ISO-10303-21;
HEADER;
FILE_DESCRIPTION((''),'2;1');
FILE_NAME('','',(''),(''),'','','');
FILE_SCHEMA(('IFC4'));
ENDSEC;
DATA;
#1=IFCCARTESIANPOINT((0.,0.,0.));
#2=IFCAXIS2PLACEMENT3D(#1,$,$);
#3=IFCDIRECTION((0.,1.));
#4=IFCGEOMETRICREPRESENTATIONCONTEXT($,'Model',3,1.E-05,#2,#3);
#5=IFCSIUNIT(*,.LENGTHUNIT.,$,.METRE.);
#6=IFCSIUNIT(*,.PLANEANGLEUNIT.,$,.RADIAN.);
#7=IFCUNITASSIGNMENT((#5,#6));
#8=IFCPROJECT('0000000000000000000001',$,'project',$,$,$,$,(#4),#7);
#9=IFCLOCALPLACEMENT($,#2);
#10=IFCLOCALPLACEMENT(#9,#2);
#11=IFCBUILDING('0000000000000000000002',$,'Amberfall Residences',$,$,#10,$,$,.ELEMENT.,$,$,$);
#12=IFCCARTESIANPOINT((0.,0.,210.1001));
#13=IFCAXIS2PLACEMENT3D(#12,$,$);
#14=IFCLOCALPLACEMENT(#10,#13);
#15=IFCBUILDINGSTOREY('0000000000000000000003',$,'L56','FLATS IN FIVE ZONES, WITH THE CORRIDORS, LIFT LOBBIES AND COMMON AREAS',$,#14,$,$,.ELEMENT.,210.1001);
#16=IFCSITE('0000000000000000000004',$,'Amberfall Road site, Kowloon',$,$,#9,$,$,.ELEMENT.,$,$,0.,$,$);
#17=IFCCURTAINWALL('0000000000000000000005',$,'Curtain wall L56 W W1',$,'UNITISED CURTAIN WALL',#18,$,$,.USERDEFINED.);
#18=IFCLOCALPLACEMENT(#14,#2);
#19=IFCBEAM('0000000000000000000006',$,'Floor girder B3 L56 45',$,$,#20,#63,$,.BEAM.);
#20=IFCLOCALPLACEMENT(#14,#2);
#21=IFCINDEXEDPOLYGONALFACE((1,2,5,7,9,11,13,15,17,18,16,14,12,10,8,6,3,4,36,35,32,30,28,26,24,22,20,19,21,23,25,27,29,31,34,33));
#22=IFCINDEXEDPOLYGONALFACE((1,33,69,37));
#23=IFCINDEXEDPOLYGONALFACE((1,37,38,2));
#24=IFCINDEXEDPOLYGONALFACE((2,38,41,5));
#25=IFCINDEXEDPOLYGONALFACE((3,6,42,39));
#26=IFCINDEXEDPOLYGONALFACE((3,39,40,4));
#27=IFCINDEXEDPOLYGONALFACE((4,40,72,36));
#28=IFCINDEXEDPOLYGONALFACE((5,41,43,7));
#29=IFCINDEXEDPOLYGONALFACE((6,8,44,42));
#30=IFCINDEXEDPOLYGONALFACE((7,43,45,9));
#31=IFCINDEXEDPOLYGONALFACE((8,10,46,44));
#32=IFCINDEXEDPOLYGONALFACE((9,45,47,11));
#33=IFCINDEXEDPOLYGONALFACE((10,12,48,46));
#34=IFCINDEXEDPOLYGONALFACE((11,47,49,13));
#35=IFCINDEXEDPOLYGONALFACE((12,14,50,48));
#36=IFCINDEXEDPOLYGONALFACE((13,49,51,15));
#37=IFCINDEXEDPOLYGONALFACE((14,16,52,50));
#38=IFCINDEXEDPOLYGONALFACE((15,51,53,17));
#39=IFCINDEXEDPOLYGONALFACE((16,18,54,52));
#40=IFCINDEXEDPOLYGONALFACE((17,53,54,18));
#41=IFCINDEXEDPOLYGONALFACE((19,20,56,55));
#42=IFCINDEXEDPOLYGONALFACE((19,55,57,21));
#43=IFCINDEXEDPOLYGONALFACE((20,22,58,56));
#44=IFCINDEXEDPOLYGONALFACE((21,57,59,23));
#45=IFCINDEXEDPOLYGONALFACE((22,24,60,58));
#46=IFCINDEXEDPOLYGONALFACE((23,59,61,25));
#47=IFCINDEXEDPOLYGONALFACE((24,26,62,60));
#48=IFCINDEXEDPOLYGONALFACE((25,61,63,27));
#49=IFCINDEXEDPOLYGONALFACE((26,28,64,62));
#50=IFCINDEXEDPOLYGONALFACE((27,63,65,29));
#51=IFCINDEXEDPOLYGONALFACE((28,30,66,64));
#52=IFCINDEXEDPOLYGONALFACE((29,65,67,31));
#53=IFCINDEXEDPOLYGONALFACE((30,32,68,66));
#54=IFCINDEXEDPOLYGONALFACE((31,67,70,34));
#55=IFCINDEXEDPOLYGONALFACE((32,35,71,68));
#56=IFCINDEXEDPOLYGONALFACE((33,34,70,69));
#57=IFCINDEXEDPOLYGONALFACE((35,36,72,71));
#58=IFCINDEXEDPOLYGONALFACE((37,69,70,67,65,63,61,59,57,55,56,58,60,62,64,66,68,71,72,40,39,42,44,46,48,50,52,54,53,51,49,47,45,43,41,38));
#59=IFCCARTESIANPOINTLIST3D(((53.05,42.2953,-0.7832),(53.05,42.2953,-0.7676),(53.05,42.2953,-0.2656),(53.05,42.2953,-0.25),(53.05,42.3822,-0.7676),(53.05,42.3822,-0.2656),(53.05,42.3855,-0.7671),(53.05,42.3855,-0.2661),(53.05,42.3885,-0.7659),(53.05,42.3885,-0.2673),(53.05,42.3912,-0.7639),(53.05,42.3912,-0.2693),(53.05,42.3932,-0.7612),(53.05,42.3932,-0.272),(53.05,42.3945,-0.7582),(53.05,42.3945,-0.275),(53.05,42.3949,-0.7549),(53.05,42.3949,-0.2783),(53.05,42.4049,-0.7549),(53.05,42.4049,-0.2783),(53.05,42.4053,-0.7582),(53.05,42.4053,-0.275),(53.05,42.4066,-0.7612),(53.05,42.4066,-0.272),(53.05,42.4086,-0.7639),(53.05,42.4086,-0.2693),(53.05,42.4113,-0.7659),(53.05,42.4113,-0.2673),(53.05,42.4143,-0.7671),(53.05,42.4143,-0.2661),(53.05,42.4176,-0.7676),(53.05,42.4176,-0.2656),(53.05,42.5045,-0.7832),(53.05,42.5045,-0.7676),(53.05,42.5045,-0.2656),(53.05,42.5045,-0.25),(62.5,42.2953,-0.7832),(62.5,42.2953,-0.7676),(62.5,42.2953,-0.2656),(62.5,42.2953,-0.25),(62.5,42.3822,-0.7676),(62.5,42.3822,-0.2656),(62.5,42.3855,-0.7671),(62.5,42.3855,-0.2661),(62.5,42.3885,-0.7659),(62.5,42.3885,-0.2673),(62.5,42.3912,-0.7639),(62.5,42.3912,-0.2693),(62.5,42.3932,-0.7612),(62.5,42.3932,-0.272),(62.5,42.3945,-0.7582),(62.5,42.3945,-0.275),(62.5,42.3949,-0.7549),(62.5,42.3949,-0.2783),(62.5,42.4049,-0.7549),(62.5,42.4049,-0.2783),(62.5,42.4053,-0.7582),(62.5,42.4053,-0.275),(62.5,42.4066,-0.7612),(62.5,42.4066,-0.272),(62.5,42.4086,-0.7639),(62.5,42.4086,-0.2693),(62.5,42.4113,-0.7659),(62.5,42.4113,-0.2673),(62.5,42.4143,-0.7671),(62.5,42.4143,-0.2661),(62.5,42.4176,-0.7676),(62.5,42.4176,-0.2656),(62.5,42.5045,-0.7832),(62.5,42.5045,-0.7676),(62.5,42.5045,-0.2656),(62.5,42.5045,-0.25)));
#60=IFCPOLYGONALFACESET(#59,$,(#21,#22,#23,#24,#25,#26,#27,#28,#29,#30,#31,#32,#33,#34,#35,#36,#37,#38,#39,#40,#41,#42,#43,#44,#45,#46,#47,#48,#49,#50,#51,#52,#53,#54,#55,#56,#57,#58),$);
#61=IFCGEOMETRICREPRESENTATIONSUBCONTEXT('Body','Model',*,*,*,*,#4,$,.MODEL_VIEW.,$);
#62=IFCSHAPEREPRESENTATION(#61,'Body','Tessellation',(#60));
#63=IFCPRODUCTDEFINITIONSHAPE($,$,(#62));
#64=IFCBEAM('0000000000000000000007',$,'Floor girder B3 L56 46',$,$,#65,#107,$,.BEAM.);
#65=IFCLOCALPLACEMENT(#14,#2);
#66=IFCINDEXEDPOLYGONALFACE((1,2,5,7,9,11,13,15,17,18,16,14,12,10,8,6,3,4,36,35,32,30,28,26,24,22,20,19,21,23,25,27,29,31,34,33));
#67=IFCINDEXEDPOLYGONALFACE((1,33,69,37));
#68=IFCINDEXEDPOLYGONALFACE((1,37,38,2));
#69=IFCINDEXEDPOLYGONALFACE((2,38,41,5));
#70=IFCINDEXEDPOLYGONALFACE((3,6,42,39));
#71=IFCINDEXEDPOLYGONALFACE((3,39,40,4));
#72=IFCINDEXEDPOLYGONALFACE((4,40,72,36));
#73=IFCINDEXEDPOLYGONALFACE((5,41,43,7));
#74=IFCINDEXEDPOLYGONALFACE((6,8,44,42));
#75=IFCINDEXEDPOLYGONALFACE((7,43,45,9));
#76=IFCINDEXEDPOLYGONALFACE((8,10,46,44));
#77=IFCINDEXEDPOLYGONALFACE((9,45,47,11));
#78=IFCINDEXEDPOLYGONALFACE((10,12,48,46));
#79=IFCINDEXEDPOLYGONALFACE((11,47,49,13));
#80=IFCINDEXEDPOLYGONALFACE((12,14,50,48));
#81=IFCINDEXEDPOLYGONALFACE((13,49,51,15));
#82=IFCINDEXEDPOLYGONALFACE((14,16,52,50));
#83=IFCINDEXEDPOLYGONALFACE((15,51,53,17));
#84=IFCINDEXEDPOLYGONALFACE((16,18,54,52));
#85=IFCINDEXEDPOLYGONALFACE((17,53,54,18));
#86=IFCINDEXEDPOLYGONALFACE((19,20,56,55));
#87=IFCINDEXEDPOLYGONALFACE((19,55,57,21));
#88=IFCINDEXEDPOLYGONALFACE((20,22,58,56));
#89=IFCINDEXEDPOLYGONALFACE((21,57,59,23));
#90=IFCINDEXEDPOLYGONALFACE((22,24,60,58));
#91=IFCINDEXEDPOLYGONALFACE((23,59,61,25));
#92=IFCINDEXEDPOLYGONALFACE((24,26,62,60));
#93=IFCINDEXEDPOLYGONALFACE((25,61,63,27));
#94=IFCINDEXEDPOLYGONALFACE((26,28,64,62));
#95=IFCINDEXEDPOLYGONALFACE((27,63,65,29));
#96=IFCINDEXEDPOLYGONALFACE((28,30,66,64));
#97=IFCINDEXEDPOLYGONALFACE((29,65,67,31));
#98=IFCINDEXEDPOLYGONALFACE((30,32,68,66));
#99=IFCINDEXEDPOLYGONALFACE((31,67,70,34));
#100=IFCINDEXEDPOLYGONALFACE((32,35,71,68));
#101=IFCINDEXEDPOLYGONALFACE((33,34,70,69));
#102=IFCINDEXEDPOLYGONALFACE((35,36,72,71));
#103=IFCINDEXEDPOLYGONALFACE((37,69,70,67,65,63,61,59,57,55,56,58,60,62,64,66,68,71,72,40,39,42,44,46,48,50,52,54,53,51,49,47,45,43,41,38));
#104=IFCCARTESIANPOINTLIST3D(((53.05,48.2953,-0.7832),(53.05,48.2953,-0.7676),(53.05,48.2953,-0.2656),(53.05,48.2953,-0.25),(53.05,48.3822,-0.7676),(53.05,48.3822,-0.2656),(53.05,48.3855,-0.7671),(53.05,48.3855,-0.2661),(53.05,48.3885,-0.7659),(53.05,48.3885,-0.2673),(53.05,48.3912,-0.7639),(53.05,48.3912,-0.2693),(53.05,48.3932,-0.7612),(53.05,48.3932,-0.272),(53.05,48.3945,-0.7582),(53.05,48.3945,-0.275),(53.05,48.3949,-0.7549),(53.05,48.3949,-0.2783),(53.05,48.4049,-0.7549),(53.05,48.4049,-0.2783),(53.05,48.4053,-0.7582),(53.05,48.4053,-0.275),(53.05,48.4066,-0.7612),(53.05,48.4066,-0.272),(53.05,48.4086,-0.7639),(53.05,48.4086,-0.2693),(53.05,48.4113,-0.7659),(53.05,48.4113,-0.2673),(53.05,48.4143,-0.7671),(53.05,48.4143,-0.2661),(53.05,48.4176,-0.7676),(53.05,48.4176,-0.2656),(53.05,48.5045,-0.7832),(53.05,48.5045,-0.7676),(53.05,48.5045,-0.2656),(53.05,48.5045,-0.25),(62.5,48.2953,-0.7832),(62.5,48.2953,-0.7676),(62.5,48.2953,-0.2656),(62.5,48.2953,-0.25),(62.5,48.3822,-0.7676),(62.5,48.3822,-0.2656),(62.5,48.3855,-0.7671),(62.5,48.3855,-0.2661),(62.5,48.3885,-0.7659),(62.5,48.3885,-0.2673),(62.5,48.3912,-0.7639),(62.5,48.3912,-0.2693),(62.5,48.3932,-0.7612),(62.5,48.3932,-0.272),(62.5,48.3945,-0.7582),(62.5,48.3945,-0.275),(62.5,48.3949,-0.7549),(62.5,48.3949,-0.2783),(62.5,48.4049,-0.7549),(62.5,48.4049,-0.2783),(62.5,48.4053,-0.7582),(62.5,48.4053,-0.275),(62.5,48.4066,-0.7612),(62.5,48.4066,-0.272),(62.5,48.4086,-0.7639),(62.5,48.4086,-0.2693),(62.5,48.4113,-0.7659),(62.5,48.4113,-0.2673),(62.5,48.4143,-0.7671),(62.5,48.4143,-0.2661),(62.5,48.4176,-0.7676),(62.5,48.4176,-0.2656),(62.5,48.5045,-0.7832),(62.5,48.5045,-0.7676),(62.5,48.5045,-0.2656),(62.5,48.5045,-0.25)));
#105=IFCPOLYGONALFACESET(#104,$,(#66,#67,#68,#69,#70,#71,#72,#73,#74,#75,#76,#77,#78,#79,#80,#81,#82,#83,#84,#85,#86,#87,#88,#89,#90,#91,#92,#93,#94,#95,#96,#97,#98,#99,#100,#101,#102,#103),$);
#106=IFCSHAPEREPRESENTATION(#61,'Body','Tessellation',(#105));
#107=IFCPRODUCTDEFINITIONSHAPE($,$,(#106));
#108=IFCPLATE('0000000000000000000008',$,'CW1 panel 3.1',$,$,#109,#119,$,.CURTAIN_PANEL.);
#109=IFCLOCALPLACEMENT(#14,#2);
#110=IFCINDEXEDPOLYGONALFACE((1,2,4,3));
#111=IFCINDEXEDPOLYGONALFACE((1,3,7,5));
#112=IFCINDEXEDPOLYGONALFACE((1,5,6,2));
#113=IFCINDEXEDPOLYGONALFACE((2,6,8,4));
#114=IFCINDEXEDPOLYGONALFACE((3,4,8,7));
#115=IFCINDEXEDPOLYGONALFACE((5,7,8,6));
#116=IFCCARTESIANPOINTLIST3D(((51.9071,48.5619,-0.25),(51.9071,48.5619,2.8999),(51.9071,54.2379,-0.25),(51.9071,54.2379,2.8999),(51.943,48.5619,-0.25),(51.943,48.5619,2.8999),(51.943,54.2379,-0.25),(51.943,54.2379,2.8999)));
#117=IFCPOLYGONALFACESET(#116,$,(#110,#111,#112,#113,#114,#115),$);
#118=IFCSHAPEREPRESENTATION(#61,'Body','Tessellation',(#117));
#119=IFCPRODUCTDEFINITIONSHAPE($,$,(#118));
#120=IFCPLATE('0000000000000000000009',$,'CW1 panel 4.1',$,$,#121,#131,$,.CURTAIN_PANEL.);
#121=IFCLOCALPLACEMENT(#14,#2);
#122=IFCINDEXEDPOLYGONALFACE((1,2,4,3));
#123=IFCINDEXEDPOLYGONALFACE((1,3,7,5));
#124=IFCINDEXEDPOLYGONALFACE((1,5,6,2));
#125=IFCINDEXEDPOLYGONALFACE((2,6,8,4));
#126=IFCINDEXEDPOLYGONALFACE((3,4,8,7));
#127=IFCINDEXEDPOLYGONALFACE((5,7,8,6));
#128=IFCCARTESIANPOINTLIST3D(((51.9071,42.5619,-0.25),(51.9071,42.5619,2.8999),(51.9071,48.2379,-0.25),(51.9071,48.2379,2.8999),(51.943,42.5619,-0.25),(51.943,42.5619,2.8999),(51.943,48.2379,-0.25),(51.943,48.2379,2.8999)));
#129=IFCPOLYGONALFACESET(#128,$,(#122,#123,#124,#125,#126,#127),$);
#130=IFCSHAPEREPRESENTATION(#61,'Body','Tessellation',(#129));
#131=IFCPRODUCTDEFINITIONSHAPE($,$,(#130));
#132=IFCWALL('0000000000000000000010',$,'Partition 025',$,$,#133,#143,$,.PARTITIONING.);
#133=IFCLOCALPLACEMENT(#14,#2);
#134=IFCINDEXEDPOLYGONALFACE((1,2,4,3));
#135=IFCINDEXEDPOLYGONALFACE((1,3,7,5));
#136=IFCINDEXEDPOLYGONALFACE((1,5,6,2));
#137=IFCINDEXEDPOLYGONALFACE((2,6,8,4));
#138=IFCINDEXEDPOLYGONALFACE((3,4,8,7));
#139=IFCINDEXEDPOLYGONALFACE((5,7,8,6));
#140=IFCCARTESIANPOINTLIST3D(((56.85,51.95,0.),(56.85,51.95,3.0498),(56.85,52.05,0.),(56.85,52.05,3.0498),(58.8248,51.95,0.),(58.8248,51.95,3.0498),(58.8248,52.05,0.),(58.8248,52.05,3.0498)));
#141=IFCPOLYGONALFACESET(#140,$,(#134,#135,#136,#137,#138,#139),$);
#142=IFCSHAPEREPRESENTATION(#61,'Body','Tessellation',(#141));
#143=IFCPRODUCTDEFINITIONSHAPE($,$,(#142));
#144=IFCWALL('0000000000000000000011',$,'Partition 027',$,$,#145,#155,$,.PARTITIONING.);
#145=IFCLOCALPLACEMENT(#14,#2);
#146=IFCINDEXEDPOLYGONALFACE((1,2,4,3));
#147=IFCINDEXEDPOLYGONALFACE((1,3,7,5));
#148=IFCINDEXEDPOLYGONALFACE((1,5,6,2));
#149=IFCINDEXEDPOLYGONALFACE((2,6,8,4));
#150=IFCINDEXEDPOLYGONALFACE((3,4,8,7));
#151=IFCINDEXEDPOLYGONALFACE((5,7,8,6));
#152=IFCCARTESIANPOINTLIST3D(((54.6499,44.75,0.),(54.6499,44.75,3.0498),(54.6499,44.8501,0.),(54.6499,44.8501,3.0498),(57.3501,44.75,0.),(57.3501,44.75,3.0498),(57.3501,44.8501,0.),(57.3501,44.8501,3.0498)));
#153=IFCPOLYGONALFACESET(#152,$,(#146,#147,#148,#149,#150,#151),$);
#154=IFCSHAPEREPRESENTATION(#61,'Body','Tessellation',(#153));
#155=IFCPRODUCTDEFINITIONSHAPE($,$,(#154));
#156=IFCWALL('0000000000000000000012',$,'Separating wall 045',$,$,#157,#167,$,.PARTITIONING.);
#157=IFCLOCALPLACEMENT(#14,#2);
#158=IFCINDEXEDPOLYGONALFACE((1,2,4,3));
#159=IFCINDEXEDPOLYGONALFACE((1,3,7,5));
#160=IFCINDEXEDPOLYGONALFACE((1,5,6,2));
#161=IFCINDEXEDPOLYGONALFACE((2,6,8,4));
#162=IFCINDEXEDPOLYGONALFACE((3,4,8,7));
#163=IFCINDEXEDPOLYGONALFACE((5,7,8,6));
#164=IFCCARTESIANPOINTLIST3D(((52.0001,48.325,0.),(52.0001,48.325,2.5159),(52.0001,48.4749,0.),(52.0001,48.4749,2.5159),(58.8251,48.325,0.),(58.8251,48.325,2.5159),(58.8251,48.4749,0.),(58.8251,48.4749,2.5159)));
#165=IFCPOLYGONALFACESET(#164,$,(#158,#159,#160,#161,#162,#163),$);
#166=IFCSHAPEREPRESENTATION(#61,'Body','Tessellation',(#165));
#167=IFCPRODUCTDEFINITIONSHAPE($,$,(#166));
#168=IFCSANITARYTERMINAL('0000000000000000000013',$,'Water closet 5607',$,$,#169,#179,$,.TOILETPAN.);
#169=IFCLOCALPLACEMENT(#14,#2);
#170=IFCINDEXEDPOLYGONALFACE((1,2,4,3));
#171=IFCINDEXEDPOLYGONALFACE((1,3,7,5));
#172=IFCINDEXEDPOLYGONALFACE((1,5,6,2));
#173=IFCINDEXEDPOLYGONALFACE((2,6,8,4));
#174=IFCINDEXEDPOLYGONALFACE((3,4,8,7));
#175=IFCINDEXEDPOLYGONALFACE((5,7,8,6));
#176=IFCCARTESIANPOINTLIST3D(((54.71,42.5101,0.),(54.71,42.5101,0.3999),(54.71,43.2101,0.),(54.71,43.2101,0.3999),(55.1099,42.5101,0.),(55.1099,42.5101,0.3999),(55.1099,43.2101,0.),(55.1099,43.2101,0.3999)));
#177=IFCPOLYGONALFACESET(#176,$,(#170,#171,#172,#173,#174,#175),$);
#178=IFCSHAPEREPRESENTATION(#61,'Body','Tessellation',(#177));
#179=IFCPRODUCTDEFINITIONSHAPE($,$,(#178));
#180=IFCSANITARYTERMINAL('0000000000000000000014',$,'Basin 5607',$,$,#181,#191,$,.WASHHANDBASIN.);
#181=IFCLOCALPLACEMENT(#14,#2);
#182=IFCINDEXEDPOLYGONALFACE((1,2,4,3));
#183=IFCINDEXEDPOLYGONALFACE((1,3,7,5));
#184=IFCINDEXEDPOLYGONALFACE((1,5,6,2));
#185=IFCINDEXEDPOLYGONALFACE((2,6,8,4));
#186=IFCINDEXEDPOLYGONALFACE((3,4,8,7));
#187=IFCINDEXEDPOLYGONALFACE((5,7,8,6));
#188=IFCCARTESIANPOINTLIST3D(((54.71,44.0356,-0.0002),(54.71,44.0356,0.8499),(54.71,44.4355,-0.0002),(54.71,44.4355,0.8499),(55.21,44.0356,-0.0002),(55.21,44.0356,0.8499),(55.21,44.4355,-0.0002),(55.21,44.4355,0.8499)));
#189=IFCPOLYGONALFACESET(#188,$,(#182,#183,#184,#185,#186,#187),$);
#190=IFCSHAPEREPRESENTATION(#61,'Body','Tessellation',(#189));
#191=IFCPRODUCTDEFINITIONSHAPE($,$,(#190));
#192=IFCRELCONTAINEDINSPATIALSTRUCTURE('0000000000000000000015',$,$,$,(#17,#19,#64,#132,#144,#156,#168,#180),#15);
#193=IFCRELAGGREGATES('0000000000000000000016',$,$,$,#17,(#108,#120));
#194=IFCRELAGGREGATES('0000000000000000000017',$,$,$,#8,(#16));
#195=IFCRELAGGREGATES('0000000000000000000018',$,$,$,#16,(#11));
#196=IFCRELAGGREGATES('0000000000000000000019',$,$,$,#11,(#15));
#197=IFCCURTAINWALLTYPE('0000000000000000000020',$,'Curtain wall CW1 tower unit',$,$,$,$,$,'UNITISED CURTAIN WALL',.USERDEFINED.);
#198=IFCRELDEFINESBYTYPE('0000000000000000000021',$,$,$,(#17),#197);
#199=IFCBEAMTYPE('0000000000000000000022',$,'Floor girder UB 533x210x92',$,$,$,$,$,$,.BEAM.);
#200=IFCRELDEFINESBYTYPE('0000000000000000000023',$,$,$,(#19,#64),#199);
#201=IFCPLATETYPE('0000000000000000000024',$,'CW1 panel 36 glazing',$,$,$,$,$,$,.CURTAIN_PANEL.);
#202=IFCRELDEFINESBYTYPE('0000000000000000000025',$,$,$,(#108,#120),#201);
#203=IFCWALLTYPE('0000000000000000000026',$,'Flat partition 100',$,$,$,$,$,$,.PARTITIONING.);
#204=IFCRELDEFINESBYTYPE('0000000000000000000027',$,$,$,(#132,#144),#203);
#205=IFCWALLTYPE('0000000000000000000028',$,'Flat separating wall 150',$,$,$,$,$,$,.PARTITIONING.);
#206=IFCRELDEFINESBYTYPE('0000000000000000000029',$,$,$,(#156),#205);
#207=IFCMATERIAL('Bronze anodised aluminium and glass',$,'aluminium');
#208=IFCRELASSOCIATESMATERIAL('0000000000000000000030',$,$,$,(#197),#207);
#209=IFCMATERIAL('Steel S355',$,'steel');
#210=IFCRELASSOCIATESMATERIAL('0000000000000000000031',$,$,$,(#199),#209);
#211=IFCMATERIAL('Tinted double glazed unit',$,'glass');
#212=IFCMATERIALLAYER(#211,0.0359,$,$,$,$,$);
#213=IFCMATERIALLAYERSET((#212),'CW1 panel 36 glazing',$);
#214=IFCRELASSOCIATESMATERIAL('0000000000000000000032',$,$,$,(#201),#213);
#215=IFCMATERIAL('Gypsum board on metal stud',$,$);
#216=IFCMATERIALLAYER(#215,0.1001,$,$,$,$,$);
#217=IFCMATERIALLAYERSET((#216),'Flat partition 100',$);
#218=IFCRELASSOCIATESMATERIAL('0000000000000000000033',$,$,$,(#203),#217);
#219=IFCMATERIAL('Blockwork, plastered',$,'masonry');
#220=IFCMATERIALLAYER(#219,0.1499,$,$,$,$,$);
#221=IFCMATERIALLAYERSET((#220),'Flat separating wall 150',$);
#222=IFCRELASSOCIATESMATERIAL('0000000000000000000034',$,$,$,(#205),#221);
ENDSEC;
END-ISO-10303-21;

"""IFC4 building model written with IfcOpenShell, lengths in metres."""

from ifc_helpers import new_model, si_unit, direction, frame, frame_2d, origin, origin_2d, place, context, subcontext, project, spatial, rectangle, i_section, extrude, material, layer, layer_set, material_profile, profile_set, type_object, element, aggregate, save


model = new_model("IFC4")

# Units and contexts
model_context = context("Model", 3, precision=1e-05, world=origin(), true_north=direction((0.0, 1.0)))
body_context = subcontext(model_context, "Body", "Model", "MODEL_VIEW")
ifc_project = project(units=[si_unit("LENGTHUNIT", "METRE"), si_unit("PLANEANGLEUNIT", "RADIAN")], contexts=[model_context])

# Site, building, storey
site_placement = place(None, origin())
site = spatial("IfcSite", under=ifc_project, at=site_placement, Name="Amberfall Road site, Kowloon", CompositionType="ELEMENT", RefElevation=0.0)
building_placement = place(site_placement, origin())
building = spatial("IfcBuilding", under=site, at=building_placement, Name="Amberfall Residences", CompositionType="ELEMENT")
storey_placement = place(building_placement, frame((0.0, 0.0, 210.1001)))
storey = spatial("IfcBuildingStorey", under=building, at=storey_placement, Name="L56", Description="FLATS IN FIVE ZONES, WITH THE CORRIDORS, LIFT LOBBIES AND COMMON AREAS", CompositionType="ELEMENT", Elevation=210.1001)

# Curtain wall
ifc_material_1 = material(Name="Bronze anodised aluminium and glass", Category="aluminium")
curtain_wall_type = type_object("IfcCurtainWallType", Name="Curtain wall CW1 tower unit", ElementType="UNITISED CURTAIN WALL", PredefinedType="USERDEFINED", material=ifc_material_1)
curtain_wall_placement = place(storey_placement, origin())
curtain_wall = element("IfcCurtainWall", 1, at=curtain_wall_placement, inside=storey, type_object=curtain_wall_type, Name="Curtain wall L56 W W1", ObjectType="UNITISED CURTAIN WALL", PredefinedType="USERDEFINED")

# Shared definitions
ifc_material_2 = material(Name="Steel S355", Category="steel")

# Beams
ifc_material_profile_1 = material_profile(ifc_material_2, i_section(OverallWidth=0.2092, OverallDepth=0.5332, WebThickness=0.01, FlangeThickness=0.0156, FilletRadius=0.0127, at=origin_2d()), Name="UB 533x210x92")
ifc_profile_set_1 = profile_set([ifc_material_profile_1], Name="Steel S355")
beam_type_1 = type_object("IfcBeamType", Name="Floor girder UB 533x210x92", PredefinedType="BEAM", material=ifc_profile_set_1)
for number, where, z_axis, x_axis, name in (
    (2, (53.05, 42.3999, -0.5166), (1.0, 0.0, 0.0), (0.0, 1.0, 0.0), "Floor girder B3 L56 45"),
    (3, (53.05, 48.3999, -0.5166), (1.0, 0.0, 0.0), (0.0, 1.0, 0.0), "Floor girder B3 L56 46"),
):
    element("IfcBeam", number, at=place(storey_placement, frame(where, z_axis=z_axis, x_axis=x_axis)), inside=storey, type_object=beam_type_1, Name=name, PredefinedType="BEAM", context=body_context, shape_type="SweptSolid", body=[
        extrude(i_section(OverallWidth=0.2092, OverallDepth=0.5332, WebThickness=0.01, FlangeThickness=0.0156, FilletRadius=0.0127, at=origin_2d()), origin(), (0.0, 0.0, 1.0), 9.45),
    ])

# Plates
ifc_material_3 = material(Name="Tinted double glazed unit", Category="glass")
ifc_layer_1 = layer(ifc_material_3, 0.0359)
ifc_layer_set_1 = layer_set([ifc_layer_1], Name="CW1 panel 36 glazing")
plate_type = type_object("IfcPlateType", Name="CW1 panel 36 glazing", PredefinedType="CURTAIN_PANEL", material=ifc_layer_set_1)
plate_1_placement = place(storey_placement, frame((51.925, 51.3999, -0.25), z_axis=(0.0, 0.0, 1.0), x_axis=(0.0, -1.0, 0.0)))
plate_1 = element("IfcPlate", 4, at=plate_1_placement, type_object=plate_type, Name="CW1 panel 3.1", PredefinedType="CURTAIN_PANEL", context=body_context, shape_type="SweptSolid", body=[
    extrude(rectangle(XDim=5.676, YDim=0.0359, at=origin_2d()), origin(), (0.0, 0.0, 1.0), 3.1499),
])
plate_2_placement = place(storey_placement, frame((51.925, 45.3999, -0.25), z_axis=(0.0, 0.0, 1.0), x_axis=(0.0, -1.0, 0.0)))
plate_2 = element("IfcPlate", 5, at=plate_2_placement, type_object=plate_type, Name="CW1 panel 4.1", PredefinedType="CURTAIN_PANEL", context=body_context, shape_type="SweptSolid", body=[
    extrude(rectangle(XDim=5.676, YDim=0.0359, at=origin_2d()), origin(), (0.0, 0.0, 1.0), 3.1499),
])
aggregate(curtain_wall, [plate_1, plate_2])

# Walls
ifc_material_4 = material(Name="Gypsum board on metal stud")
ifc_layer_2 = layer(ifc_material_4, 0.1001)
ifc_layer_set_2 = layer_set([ifc_layer_2], Name="Flat partition 100")
wall_type_1 = type_object("IfcWallType", Name="Flat partition 100", PredefinedType="PARTITIONING", material=ifc_layer_set_2)
wall_1_placement = place(storey_placement, frame((56.8501, 52.0, 0.0), z_axis=(0.0, 0.0, 1.0), x_axis=(1.0, 0.0, 0.0)))
element("IfcWall", 6, at=wall_1_placement, inside=storey, type_object=wall_type_1, Name="Partition 025", PredefinedType="PARTITIONING", context=body_context, shape_type="SweptSolid", body=[
    extrude(rectangle(XDim=1.9749, YDim=0.1001, at=frame_2d((0.9873, 0.0))), origin(), (0.0, 0.0, 1.0), 3.0498),
])
wall_2_placement = place(storey_placement, frame((54.6499, 44.8, 0.0), z_axis=(0.0, 0.0, 1.0), x_axis=(1.0, 0.0, 0.0)))
element("IfcWall", 7, at=wall_2_placement, inside=storey, type_object=wall_type_1, Name="Partition 027", PredefinedType="PARTITIONING", context=body_context, shape_type="SweptSolid", body=[
    extrude(rectangle(XDim=2.7002, YDim=0.1001, at=frame_2d((1.3501, 0.0))), origin(), (0.0, 0.0, 1.0), 3.0498),
])
ifc_material_5 = material(Name="Blockwork, plastered", Category="masonry")
ifc_layer_3 = layer(ifc_material_5, 0.1499)
ifc_layer_set_3 = layer_set([ifc_layer_3], Name="Flat separating wall 150")
wall_type_2 = type_object("IfcWallType", Name="Flat separating wall 150", PredefinedType="PARTITIONING", material=ifc_layer_set_3)
wall_3_placement = place(storey_placement, frame((52.0, 48.3999, 0.0), z_axis=(0.0, 0.0, 1.0), x_axis=(1.0, 0.0, 0.0)))
element("IfcWall", 8, at=wall_3_placement, inside=storey, type_object=wall_type_2, Name="Separating wall 045", PredefinedType="PARTITIONING", context=body_context, shape_type="SweptSolid", body=[
    extrude(rectangle(XDim=6.825, YDim=0.1499, at=frame_2d((3.4126, 0.0))), origin(), (0.0, 0.0, 1.0), 2.5159),
])

# Sanitary terminals
sanitary_terminal_1_placement = place(storey_placement, frame((54.9099, 42.8601, 0.0), z_axis=(0.0, 0.0, 1.0), x_axis=(1.0, 0.0, 0.0)))
element("IfcSanitaryTerminal", 9, at=sanitary_terminal_1_placement, inside=storey, Name="Water closet 5607", PredefinedType="TOILETPAN", context=body_context, shape_type="SweptSolid", body=[
    extrude(rectangle(XDim=0.3999, YDim=0.7, at=origin_2d()), origin(), (0.0, 0.0, 1.0), 0.3999),
])
sanitary_terminal_2_placement = place(storey_placement, frame((54.96, 44.2356, -0.0002), z_axis=(0.0, 0.0, 1.0), x_axis=(1.0, 0.0, 0.0)))
element("IfcSanitaryTerminal", 10, at=sanitary_terminal_2_placement, inside=storey, Name="Basin 5607", PredefinedType="WASHHANDBASIN", context=body_context, shape_type="SweptSolid", body=[
    extrude(rectangle(XDim=0.5, YDim=0.3999, at=origin_2d()), origin(), (0.0, 0.0, 1.0), 0.8501),
])

save(model, "model.ifc")
